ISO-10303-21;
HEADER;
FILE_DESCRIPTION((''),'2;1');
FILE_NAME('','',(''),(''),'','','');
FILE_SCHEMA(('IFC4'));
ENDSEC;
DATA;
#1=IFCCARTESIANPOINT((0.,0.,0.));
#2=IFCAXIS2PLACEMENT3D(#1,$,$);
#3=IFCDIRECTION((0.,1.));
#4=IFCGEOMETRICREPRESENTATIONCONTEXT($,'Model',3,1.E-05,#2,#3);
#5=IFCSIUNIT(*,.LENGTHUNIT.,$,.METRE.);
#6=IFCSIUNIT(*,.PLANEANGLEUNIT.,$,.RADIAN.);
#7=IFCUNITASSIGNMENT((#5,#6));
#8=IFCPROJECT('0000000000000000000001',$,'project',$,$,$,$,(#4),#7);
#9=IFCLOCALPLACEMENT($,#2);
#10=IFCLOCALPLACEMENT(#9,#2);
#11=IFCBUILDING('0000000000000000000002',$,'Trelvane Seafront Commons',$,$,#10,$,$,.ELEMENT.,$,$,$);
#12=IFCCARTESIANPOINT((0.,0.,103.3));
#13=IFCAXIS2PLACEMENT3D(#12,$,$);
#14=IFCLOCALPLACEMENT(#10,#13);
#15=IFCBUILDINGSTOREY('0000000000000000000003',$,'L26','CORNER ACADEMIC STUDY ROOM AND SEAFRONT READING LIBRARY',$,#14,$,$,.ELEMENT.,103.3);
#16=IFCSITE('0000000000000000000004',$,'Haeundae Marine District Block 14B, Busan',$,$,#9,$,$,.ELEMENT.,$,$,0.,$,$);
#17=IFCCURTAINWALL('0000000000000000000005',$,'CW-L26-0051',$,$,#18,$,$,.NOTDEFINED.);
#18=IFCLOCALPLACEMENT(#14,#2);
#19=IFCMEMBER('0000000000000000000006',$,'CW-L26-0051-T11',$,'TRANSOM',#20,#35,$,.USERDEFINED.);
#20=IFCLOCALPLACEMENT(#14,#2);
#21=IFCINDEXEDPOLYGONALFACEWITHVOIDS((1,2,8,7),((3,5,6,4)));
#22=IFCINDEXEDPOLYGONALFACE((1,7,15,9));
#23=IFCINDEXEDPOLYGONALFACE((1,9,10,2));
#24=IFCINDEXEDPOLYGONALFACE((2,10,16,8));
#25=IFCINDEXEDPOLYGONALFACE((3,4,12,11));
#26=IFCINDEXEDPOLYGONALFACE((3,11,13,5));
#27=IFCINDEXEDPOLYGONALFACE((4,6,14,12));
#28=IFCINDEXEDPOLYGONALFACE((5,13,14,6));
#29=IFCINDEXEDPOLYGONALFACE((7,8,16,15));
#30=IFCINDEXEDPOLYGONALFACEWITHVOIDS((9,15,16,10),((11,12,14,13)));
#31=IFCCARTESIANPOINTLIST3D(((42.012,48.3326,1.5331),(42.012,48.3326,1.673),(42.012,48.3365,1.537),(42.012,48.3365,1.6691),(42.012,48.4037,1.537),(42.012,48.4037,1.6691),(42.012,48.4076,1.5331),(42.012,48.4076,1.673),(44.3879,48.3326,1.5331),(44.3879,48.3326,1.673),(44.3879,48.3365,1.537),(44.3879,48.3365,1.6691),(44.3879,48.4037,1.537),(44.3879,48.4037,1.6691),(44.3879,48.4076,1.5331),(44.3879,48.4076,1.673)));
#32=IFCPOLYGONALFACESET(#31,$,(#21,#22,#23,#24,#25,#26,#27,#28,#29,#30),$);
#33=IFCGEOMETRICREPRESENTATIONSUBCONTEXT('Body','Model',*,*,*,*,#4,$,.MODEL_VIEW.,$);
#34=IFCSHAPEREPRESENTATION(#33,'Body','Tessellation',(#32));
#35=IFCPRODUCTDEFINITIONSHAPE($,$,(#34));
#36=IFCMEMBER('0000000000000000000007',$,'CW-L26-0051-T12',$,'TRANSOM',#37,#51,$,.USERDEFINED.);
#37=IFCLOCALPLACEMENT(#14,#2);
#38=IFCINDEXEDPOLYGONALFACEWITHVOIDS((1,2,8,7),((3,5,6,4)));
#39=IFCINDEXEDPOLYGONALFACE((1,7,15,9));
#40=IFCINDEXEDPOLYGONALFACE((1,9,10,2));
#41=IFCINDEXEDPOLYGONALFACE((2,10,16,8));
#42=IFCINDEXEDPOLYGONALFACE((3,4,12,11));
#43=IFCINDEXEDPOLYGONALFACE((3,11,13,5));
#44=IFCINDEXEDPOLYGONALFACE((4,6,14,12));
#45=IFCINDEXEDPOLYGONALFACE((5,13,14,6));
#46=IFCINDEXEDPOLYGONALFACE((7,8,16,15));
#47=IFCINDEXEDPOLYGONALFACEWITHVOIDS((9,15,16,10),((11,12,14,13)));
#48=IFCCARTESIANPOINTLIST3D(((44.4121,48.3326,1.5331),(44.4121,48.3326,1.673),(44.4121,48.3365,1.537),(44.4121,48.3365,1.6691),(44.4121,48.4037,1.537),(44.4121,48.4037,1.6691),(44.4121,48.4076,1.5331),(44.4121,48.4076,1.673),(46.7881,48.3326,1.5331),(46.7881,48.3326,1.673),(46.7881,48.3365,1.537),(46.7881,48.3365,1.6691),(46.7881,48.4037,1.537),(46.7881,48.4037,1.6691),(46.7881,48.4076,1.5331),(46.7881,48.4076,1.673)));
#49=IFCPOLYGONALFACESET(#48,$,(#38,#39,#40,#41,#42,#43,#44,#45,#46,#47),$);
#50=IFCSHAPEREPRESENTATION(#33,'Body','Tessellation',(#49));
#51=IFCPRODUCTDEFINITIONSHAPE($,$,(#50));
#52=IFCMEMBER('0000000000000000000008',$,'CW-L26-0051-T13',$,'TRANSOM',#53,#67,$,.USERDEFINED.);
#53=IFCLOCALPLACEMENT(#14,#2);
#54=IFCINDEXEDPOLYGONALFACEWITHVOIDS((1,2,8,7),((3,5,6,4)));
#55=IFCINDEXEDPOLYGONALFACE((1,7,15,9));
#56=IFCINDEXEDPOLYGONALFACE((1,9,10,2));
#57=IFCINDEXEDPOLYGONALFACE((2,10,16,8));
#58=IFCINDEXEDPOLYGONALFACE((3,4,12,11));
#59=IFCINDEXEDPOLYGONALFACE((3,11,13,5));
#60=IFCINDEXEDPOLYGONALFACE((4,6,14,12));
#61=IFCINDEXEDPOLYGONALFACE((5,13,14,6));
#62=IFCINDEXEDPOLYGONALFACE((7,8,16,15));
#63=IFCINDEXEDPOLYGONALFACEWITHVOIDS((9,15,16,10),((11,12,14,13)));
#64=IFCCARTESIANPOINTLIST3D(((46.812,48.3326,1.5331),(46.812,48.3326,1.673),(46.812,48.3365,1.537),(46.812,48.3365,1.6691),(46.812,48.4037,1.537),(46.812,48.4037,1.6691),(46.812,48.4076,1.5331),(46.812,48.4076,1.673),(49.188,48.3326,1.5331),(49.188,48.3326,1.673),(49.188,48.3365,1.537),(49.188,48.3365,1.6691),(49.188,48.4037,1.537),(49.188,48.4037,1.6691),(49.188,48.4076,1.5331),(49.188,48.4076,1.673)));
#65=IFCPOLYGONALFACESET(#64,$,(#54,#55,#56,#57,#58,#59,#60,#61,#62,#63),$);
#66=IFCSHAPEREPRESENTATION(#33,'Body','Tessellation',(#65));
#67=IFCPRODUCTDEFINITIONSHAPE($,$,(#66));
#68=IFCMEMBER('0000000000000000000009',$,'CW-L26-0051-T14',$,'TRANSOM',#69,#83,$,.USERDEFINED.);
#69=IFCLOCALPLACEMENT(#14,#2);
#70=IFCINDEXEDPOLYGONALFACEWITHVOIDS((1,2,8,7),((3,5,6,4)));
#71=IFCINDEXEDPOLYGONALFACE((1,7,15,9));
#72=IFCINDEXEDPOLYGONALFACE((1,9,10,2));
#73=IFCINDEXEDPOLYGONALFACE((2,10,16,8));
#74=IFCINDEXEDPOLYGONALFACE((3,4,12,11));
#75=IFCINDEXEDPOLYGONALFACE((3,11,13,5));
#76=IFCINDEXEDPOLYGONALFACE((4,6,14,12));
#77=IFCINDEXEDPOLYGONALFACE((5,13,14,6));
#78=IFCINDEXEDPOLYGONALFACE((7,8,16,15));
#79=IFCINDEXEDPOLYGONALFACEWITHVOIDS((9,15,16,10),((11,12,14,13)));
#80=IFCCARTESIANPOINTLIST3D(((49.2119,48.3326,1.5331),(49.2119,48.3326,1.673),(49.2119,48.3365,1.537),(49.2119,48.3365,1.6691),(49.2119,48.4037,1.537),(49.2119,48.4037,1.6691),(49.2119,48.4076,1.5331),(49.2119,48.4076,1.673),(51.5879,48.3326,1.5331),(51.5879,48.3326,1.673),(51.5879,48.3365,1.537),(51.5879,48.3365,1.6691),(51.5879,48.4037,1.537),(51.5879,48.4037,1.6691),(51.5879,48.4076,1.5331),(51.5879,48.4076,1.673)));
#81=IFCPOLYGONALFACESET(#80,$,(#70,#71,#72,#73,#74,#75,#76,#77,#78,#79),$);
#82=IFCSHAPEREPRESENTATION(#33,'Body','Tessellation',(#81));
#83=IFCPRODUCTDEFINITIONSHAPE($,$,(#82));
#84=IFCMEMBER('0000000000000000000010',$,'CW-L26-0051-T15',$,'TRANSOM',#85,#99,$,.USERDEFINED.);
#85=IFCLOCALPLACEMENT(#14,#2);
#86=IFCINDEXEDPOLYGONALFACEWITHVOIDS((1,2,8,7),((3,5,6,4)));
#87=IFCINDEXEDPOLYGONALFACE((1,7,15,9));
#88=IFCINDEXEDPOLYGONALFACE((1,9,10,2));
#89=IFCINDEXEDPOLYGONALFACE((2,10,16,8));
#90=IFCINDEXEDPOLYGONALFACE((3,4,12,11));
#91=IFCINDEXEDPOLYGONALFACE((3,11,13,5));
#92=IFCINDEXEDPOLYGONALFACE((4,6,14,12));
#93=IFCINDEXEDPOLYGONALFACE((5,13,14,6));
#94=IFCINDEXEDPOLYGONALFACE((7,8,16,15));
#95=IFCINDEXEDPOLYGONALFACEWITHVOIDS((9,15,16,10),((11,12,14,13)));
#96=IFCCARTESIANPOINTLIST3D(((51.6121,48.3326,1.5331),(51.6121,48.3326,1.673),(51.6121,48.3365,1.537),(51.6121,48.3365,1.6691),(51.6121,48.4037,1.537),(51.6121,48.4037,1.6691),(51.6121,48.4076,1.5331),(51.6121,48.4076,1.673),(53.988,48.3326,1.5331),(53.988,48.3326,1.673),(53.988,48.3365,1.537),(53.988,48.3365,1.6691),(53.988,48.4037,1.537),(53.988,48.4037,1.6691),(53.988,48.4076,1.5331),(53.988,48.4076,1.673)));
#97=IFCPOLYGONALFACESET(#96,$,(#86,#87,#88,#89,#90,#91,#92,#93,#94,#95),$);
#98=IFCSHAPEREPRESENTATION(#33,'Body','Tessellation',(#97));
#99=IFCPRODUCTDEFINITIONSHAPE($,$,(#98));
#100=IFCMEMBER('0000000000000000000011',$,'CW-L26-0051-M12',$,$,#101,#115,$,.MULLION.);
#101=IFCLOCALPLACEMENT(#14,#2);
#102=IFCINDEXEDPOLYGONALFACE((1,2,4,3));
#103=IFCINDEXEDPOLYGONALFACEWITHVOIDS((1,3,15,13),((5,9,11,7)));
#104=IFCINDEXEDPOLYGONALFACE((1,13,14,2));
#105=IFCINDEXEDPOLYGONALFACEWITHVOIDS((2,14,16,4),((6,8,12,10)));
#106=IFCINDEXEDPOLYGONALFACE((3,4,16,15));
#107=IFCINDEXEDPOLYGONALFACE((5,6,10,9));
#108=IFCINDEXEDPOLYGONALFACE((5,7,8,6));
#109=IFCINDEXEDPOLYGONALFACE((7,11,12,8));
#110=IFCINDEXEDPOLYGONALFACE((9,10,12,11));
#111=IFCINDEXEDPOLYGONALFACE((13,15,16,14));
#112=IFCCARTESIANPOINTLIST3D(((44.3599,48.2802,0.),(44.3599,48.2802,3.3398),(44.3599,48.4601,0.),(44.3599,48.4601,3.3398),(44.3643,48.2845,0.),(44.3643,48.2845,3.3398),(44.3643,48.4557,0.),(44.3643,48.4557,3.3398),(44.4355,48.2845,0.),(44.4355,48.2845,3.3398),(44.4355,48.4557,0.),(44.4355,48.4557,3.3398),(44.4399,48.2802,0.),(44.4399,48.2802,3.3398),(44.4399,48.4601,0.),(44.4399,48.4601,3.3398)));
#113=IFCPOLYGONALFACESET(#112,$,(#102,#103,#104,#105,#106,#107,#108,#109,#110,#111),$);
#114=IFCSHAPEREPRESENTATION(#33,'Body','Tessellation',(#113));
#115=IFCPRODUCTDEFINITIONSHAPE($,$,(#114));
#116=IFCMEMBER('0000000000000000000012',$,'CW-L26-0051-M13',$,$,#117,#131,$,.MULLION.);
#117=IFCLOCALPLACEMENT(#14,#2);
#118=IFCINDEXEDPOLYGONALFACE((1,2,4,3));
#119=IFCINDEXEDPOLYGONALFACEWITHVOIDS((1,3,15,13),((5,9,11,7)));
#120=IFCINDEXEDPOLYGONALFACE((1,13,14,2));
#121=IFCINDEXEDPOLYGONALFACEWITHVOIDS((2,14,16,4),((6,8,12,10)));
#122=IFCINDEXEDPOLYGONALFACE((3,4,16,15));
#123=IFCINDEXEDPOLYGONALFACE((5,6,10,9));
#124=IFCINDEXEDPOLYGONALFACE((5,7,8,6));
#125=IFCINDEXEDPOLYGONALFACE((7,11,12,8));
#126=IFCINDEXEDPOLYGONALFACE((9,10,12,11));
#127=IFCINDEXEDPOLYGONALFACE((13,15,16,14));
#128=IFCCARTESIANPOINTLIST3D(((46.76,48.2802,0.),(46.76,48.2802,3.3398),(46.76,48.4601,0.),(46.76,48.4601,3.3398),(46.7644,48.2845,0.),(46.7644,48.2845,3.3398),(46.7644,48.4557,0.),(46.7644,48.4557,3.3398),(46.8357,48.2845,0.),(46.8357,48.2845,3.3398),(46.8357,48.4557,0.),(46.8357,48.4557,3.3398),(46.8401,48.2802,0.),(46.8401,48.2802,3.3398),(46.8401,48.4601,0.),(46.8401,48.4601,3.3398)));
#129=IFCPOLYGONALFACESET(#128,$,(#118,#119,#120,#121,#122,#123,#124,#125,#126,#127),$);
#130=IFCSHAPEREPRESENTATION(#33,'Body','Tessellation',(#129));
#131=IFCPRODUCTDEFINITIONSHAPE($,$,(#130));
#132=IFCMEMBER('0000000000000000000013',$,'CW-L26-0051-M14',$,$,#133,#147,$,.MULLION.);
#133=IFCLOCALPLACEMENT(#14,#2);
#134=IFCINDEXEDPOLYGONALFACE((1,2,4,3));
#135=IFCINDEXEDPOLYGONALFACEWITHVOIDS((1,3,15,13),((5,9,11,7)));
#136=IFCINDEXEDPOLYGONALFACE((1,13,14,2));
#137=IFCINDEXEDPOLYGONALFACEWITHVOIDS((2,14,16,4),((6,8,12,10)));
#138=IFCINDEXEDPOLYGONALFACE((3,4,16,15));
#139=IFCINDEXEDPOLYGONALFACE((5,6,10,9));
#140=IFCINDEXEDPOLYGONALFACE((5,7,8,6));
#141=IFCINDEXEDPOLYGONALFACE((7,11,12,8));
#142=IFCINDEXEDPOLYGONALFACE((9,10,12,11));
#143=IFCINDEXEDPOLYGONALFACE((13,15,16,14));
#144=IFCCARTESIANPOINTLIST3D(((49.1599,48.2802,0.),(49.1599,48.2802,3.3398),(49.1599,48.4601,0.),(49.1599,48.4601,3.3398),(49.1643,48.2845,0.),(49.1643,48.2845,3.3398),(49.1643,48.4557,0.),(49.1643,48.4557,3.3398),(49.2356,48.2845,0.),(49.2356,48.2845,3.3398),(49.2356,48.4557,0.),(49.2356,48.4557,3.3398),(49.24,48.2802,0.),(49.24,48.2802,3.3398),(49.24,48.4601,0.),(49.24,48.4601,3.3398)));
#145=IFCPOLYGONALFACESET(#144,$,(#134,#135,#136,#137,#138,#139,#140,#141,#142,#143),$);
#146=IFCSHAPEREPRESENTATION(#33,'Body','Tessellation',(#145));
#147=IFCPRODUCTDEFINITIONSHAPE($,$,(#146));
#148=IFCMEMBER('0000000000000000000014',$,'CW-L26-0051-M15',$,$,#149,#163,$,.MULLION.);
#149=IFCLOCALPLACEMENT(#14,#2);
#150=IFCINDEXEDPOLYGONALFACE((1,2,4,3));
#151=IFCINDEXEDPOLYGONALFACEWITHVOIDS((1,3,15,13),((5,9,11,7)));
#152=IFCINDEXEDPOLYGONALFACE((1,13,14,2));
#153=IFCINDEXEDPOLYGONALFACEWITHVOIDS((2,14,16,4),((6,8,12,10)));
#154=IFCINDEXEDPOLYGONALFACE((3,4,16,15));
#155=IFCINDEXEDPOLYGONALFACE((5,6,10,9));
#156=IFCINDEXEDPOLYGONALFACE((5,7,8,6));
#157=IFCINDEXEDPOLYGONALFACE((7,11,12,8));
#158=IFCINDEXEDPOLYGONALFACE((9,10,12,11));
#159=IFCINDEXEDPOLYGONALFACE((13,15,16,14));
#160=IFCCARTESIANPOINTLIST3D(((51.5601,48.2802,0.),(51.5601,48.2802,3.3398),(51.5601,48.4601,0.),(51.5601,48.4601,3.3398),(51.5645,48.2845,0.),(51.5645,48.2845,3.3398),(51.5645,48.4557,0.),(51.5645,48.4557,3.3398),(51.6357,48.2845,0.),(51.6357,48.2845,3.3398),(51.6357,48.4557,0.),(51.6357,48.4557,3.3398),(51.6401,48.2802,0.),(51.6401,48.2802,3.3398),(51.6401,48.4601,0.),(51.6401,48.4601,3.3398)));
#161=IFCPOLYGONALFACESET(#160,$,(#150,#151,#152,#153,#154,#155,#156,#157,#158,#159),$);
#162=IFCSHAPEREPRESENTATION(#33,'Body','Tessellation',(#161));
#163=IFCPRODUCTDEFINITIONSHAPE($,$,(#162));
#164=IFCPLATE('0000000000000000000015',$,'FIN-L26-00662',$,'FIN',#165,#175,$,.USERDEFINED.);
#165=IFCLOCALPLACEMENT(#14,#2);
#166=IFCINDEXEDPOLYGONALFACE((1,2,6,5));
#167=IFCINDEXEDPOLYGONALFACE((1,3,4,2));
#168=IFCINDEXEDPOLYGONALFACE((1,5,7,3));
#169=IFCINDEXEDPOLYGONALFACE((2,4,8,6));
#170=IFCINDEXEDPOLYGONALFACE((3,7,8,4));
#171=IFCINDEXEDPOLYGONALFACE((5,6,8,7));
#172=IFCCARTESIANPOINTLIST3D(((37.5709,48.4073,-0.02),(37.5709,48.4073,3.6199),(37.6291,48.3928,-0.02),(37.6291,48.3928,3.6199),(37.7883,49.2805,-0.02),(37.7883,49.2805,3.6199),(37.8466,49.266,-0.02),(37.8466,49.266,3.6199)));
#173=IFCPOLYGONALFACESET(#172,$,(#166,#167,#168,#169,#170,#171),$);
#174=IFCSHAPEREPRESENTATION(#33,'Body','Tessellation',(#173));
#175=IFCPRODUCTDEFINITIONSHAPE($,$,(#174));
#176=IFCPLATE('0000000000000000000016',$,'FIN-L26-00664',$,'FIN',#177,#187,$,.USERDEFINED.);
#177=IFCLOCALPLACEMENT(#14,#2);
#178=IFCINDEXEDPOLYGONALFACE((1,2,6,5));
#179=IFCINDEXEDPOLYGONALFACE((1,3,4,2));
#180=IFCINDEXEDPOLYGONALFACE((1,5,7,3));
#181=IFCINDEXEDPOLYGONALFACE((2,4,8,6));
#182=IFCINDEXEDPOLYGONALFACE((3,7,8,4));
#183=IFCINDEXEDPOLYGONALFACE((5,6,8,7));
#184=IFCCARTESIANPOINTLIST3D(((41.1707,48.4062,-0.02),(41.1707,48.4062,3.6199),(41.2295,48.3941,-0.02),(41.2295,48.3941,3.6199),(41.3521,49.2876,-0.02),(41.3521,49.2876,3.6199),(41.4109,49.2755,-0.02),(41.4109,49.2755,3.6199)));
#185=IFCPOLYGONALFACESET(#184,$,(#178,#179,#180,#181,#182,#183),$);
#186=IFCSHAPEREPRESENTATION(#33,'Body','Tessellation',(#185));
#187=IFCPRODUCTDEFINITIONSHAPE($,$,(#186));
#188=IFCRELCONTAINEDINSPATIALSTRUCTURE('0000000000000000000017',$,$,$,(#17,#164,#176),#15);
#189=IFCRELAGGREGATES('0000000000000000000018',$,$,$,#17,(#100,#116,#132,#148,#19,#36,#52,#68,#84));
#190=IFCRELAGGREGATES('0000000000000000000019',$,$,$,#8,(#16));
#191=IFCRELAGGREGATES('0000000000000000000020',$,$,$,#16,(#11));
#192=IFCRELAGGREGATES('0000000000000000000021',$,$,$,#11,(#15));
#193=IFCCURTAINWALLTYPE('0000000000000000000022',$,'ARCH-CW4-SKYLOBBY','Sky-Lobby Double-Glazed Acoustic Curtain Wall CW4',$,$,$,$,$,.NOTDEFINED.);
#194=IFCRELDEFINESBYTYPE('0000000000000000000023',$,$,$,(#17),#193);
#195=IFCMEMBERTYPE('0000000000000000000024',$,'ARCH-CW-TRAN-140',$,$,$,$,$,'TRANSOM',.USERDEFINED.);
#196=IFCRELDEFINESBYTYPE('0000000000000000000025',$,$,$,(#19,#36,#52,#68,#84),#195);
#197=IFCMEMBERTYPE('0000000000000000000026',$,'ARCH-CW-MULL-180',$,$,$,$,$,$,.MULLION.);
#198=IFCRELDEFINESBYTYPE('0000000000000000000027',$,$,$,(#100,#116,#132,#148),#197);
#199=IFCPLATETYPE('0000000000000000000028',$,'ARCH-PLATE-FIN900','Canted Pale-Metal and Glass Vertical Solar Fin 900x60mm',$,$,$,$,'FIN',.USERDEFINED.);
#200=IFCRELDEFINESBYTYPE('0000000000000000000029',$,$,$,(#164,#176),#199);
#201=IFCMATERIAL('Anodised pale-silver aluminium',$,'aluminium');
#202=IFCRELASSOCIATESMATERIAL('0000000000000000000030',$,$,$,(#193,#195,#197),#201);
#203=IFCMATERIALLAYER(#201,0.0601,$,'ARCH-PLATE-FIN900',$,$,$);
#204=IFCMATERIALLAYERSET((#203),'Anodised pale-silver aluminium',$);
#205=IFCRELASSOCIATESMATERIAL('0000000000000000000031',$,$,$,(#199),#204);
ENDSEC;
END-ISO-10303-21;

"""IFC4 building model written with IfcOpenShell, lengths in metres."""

from ifc_helpers import new_model, si_unit, direction, frame, origin, origin_2d, place, context, subcontext, project, spatial, rectangle, hollow_rectangle, extrude, source, transform, mapped, material, layer, layer_set, material_profile, profile_set, type_object, element, aggregate, save


model = new_model("IFC4")

# Units and contexts
model_context = context("Model", 3, precision=1e-05, world=origin(), true_north=direction((0.0, 1.0)))
body_context = subcontext(model_context, "Body", "Model", "MODEL_VIEW")
ifc_project = project(units=[si_unit("LENGTHUNIT", "METRE"), si_unit("PLANEANGLEUNIT", "RADIAN")], contexts=[model_context])

# Site, building, storey
site_placement = place(None, origin())
site = spatial("IfcSite", under=ifc_project, at=site_placement, Name="Haeundae Marine District Block 14B, Busan", CompositionType="ELEMENT", RefElevation=0.0)
building_placement = place(site_placement, origin())
building = spatial("IfcBuilding", under=site, at=building_placement, Name="Trelvane Seafront Commons", CompositionType="ELEMENT")
storey_placement = place(building_placement, frame((0.0, 0.0, 103.3)))
storey = spatial("IfcBuildingStorey", under=building, at=storey_placement, Name="L26", Description="CORNER ACADEMIC STUDY ROOM AND SEAFRONT READING LIBRARY", CompositionType="ELEMENT", Elevation=103.3)

# Curtain wall, members
ifc_material_1 = material(Name="Anodised pale-silver aluminium", Category="aluminium")
curtain_wall_type = type_object("IfcCurtainWallType", Name="ARCH-CW4-SKYLOBBY", Description="Sky-Lobby Double-Glazed Acoustic Curtain Wall CW4", PredefinedType="NOTDEFINED", material=ifc_material_1)
curtain_wall_placement = place(storey_placement, origin())
curtain_wall = element("IfcCurtainWall", 1, at=curtain_wall_placement, inside=storey, type_object=curtain_wall_type, Name="CW-L26-0051", PredefinedType="NOTDEFINED")
ifc_material_profile_1 = material_profile(ifc_material_1, hollow_rectangle(XDim=0.075, YDim=0.1399, WallThickness=0.0039, at=origin_2d()), Name="TRAN-75x140x4")
ifc_profile_set_1 = profile_set([ifc_material_profile_1], Name="Anodised pale-silver aluminium")
member_type_1 = type_object("IfcMemberType", Name="ARCH-CW-TRAN-140", ElementType="TRANSOM", PredefinedType="USERDEFINED", material=ifc_profile_set_1)
shared_shape_1 = source(origin(), body_context, "Body", "SweptSolid", [
    extrude(hollow_rectangle(XDim=0.075, YDim=0.1399, WallThickness=0.0039, at=origin_2d()), origin(), (0.0, 0.0, 1.0), 2.376),
])
member_1_placement = place(storey_placement, frame((42.012, 48.3701, 1.603), z_axis=(1.0, 0.0, 0.0), x_axis=(0.0, 1.0, 0.0)))
member_1 = element("IfcMember", 2, at=member_1_placement, type_object=member_type_1, Name="CW-L26-0051-T11", ObjectType="TRANSOM", PredefinedType="USERDEFINED", context=body_context, shape_type="MappedRepresentation", body=[
    mapped(shared_shape_1, transform((0.0, 0.0, 0.0), x_axis=(1.0, 0.0, 0.0), y_axis=(0.0, 1.0, 0.0), z_axis=(0.0, 0.0, 1.0), scale=1.0)),
])
member_2_placement = place(storey_placement, frame((44.4121, 48.3701, 1.603), z_axis=(1.0, 0.0, 0.0), x_axis=(0.0, 1.0, 0.0)))
member_2 = element("IfcMember", 3, at=member_2_placement, type_object=member_type_1, Name="CW-L26-0051-T12", ObjectType="TRANSOM", PredefinedType="USERDEFINED", context=body_context, shape_type="MappedRepresentation", body=[
    mapped(shared_shape_1, transform((0.0, 0.0, 0.0), x_axis=(1.0, 0.0, 0.0), y_axis=(0.0, 1.0, 0.0), z_axis=(0.0, 0.0, 1.0), scale=1.0)),
])
member_3_placement = place(storey_placement, frame((46.812, 48.3701, 1.603), z_axis=(1.0, 0.0, 0.0), x_axis=(0.0, 1.0, 0.0)))
member_3 = element("IfcMember", 4, at=member_3_placement, type_object=member_type_1, Name="CW-L26-0051-T13", ObjectType="TRANSOM", PredefinedType="USERDEFINED", context=body_context, shape_type="MappedRepresentation", body=[
    mapped(shared_shape_1, transform((0.0, 0.0, 0.0), x_axis=(1.0, 0.0, 0.0), y_axis=(0.0, 1.0, 0.0), z_axis=(0.0, 0.0, 1.0), scale=1.0)),
])
member_4_placement = place(storey_placement, frame((49.2119, 48.3701, 1.603), z_axis=(1.0, 0.0, 0.0), x_axis=(0.0, 1.0, 0.0)))
member_4 = element("IfcMember", 5, at=member_4_placement, type_object=member_type_1, Name="CW-L26-0051-T14", ObjectType="TRANSOM", PredefinedType="USERDEFINED", context=body_context, shape_type="MappedRepresentation", body=[
    mapped(shared_shape_1, transform((0.0, 0.0, 0.0), x_axis=(1.0, 0.0, 0.0), y_axis=(0.0, 1.0, 0.0), z_axis=(0.0, 0.0, 1.0), scale=1.0)),
])
member_5_placement = place(storey_placement, frame((51.6121, 48.3701, 1.603), z_axis=(1.0, 0.0, 0.0), x_axis=(0.0, 1.0, 0.0)))
member_5 = element("IfcMember", 6, at=member_5_placement, type_object=member_type_1, Name="CW-L26-0051-T15", ObjectType="TRANSOM", PredefinedType="USERDEFINED", context=body_context, shape_type="MappedRepresentation", body=[
    mapped(shared_shape_1, transform((0.0, 0.0, 0.0), x_axis=(1.0, 0.0, 0.0), y_axis=(0.0, 1.0, 0.0), z_axis=(0.0, 0.0, 1.0), scale=1.0)),
])
ifc_material_profile_2 = material_profile(ifc_material_1, hollow_rectangle(XDim=0.0801, YDim=0.1799, WallThickness=0.0044, at=origin_2d()), Name="MULL-80x180x4.5")
ifc_profile_set_2 = profile_set([ifc_material_profile_2], Name="Anodised pale-silver aluminium")
member_type_2 = type_object("IfcMemberType", Name="ARCH-CW-MULL-180", PredefinedType="MULLION", material=ifc_profile_set_2)
shared_shape_2 = source(origin(), body_context, "Body", "SweptSolid", [
    extrude(hollow_rectangle(XDim=0.0801, YDim=0.1799, WallThickness=0.0044, at=origin_2d()), origin(), (0.0, 0.0, 1.0), 3.3398),
])
member_6_placement = place(storey_placement, frame((44.3999, 48.3701, 0.0), z_axis=(0.0, 0.0, 1.0), x_axis=(1.0, 0.0, 0.0)))
member_6 = element("IfcMember", 7, at=member_6_placement, type_object=member_type_2, Name="CW-L26-0051-M12", PredefinedType="MULLION", context=body_context, shape_type="MappedRepresentation", body=[
    mapped(shared_shape_2, transform((0.0, 0.0, 0.0), x_axis=(1.0, 0.0, 0.0), y_axis=(0.0, 1.0, 0.0), z_axis=(0.0, 0.0, 1.0), scale=1.0)),
])
member_7_placement = place(storey_placement, frame((46.8, 48.3701, 0.0), z_axis=(0.0, 0.0, 1.0), x_axis=(1.0, 0.0, 0.0)))
member_7 = element("IfcMember", 8, at=member_7_placement, type_object=member_type_2, Name="CW-L26-0051-M13", PredefinedType="MULLION", context=body_context, shape_type="MappedRepresentation", body=[
    mapped(shared_shape_2, transform((0.0, 0.0, 0.0), x_axis=(1.0, 0.0, 0.0), y_axis=(0.0, 1.0, 0.0), z_axis=(0.0, 0.0, 1.0), scale=1.0)),
])
member_8_placement = place(storey_placement, frame((49.2, 48.3701, 0.0), z_axis=(0.0, 0.0, 1.0), x_axis=(1.0, 0.0, 0.0)))
member_8 = element("IfcMember", 9, at=member_8_placement, type_object=member_type_2, Name="CW-L26-0051-M14", PredefinedType="MULLION", context=body_context, shape_type="MappedRepresentation", body=[
    mapped(shared_shape_2, transform((0.0, 0.0, 0.0), x_axis=(1.0, 0.0, 0.0), y_axis=(0.0, 1.0, 0.0), z_axis=(0.0, 0.0, 1.0), scale=1.0)),
])
member_9_placement = place(storey_placement, frame((51.6001, 48.3701, 0.0), z_axis=(0.0, 0.0, 1.0), x_axis=(1.0, 0.0, 0.0)))
member_9 = element("IfcMember", 10, at=member_9_placement, type_object=member_type_2, Name="CW-L26-0051-M15", PredefinedType="MULLION", context=body_context, shape_type="MappedRepresentation", body=[
    mapped(shared_shape_2, transform((0.0, 0.0, 0.0), x_axis=(1.0, 0.0, 0.0), y_axis=(0.0, 1.0, 0.0), z_axis=(0.0, 0.0, 1.0), scale=1.0)),
])

# Plates
ifc_layer_1 = layer(ifc_material_1, 0.0601, Name="ARCH-PLATE-FIN900")
ifc_layer_set_1 = layer_set([ifc_layer_1], Name="Anodised pale-silver aluminium")
plate_type_1 = type_object("IfcPlateType", Name="ARCH-PLATE-FIN900", Description="Canted Pale-Metal and Glass Vertical Solar Fin 900x60mm", ElementType="FIN", PredefinedType="USERDEFINED", material=ifc_layer_set_1)
shared_shape_3 = source(origin(), body_context, "Body", "SweptSolid", [
    extrude(rectangle(XDim=0.8999, YDim=0.0601, at=origin_2d()), origin(), (0.0, 0.0, 1.0), 3.6399),
])
for number, where, z_axis, x_axis, name in (
    (11, (37.7087, 48.8367, -0.02), (0.0, 0.0, 1.0), (0.241673, 0.970358, 0.0), "FIN-L26-00662"),
    (12, (41.2908, 48.8408, -0.02), (0.0, 0.0, 1.0), (0.201562, 0.979476, 0.0), "FIN-L26-00664"),
):
    element("IfcPlate", number, at=place(storey_placement, frame(where, z_axis=z_axis, x_axis=x_axis)), inside=storey, type_object=plate_type_1, Name=name, ObjectType="FIN", PredefinedType="USERDEFINED", context=body_context, shape_type="MappedRepresentation", body=[
        mapped(shared_shape_3, transform((0.0, 0.0, 0.0), x_axis=(1.0, 0.0, 0.0), y_axis=(0.0, 1.0, 0.0), z_axis=(0.0, 0.0, 1.0), scale=1.0)),
    ])

aggregate(curtain_wall, [member_6, member_7, member_8, member_9, member_1, member_2, member_3, member_4, member_5])

save(model, "model.ifc")
